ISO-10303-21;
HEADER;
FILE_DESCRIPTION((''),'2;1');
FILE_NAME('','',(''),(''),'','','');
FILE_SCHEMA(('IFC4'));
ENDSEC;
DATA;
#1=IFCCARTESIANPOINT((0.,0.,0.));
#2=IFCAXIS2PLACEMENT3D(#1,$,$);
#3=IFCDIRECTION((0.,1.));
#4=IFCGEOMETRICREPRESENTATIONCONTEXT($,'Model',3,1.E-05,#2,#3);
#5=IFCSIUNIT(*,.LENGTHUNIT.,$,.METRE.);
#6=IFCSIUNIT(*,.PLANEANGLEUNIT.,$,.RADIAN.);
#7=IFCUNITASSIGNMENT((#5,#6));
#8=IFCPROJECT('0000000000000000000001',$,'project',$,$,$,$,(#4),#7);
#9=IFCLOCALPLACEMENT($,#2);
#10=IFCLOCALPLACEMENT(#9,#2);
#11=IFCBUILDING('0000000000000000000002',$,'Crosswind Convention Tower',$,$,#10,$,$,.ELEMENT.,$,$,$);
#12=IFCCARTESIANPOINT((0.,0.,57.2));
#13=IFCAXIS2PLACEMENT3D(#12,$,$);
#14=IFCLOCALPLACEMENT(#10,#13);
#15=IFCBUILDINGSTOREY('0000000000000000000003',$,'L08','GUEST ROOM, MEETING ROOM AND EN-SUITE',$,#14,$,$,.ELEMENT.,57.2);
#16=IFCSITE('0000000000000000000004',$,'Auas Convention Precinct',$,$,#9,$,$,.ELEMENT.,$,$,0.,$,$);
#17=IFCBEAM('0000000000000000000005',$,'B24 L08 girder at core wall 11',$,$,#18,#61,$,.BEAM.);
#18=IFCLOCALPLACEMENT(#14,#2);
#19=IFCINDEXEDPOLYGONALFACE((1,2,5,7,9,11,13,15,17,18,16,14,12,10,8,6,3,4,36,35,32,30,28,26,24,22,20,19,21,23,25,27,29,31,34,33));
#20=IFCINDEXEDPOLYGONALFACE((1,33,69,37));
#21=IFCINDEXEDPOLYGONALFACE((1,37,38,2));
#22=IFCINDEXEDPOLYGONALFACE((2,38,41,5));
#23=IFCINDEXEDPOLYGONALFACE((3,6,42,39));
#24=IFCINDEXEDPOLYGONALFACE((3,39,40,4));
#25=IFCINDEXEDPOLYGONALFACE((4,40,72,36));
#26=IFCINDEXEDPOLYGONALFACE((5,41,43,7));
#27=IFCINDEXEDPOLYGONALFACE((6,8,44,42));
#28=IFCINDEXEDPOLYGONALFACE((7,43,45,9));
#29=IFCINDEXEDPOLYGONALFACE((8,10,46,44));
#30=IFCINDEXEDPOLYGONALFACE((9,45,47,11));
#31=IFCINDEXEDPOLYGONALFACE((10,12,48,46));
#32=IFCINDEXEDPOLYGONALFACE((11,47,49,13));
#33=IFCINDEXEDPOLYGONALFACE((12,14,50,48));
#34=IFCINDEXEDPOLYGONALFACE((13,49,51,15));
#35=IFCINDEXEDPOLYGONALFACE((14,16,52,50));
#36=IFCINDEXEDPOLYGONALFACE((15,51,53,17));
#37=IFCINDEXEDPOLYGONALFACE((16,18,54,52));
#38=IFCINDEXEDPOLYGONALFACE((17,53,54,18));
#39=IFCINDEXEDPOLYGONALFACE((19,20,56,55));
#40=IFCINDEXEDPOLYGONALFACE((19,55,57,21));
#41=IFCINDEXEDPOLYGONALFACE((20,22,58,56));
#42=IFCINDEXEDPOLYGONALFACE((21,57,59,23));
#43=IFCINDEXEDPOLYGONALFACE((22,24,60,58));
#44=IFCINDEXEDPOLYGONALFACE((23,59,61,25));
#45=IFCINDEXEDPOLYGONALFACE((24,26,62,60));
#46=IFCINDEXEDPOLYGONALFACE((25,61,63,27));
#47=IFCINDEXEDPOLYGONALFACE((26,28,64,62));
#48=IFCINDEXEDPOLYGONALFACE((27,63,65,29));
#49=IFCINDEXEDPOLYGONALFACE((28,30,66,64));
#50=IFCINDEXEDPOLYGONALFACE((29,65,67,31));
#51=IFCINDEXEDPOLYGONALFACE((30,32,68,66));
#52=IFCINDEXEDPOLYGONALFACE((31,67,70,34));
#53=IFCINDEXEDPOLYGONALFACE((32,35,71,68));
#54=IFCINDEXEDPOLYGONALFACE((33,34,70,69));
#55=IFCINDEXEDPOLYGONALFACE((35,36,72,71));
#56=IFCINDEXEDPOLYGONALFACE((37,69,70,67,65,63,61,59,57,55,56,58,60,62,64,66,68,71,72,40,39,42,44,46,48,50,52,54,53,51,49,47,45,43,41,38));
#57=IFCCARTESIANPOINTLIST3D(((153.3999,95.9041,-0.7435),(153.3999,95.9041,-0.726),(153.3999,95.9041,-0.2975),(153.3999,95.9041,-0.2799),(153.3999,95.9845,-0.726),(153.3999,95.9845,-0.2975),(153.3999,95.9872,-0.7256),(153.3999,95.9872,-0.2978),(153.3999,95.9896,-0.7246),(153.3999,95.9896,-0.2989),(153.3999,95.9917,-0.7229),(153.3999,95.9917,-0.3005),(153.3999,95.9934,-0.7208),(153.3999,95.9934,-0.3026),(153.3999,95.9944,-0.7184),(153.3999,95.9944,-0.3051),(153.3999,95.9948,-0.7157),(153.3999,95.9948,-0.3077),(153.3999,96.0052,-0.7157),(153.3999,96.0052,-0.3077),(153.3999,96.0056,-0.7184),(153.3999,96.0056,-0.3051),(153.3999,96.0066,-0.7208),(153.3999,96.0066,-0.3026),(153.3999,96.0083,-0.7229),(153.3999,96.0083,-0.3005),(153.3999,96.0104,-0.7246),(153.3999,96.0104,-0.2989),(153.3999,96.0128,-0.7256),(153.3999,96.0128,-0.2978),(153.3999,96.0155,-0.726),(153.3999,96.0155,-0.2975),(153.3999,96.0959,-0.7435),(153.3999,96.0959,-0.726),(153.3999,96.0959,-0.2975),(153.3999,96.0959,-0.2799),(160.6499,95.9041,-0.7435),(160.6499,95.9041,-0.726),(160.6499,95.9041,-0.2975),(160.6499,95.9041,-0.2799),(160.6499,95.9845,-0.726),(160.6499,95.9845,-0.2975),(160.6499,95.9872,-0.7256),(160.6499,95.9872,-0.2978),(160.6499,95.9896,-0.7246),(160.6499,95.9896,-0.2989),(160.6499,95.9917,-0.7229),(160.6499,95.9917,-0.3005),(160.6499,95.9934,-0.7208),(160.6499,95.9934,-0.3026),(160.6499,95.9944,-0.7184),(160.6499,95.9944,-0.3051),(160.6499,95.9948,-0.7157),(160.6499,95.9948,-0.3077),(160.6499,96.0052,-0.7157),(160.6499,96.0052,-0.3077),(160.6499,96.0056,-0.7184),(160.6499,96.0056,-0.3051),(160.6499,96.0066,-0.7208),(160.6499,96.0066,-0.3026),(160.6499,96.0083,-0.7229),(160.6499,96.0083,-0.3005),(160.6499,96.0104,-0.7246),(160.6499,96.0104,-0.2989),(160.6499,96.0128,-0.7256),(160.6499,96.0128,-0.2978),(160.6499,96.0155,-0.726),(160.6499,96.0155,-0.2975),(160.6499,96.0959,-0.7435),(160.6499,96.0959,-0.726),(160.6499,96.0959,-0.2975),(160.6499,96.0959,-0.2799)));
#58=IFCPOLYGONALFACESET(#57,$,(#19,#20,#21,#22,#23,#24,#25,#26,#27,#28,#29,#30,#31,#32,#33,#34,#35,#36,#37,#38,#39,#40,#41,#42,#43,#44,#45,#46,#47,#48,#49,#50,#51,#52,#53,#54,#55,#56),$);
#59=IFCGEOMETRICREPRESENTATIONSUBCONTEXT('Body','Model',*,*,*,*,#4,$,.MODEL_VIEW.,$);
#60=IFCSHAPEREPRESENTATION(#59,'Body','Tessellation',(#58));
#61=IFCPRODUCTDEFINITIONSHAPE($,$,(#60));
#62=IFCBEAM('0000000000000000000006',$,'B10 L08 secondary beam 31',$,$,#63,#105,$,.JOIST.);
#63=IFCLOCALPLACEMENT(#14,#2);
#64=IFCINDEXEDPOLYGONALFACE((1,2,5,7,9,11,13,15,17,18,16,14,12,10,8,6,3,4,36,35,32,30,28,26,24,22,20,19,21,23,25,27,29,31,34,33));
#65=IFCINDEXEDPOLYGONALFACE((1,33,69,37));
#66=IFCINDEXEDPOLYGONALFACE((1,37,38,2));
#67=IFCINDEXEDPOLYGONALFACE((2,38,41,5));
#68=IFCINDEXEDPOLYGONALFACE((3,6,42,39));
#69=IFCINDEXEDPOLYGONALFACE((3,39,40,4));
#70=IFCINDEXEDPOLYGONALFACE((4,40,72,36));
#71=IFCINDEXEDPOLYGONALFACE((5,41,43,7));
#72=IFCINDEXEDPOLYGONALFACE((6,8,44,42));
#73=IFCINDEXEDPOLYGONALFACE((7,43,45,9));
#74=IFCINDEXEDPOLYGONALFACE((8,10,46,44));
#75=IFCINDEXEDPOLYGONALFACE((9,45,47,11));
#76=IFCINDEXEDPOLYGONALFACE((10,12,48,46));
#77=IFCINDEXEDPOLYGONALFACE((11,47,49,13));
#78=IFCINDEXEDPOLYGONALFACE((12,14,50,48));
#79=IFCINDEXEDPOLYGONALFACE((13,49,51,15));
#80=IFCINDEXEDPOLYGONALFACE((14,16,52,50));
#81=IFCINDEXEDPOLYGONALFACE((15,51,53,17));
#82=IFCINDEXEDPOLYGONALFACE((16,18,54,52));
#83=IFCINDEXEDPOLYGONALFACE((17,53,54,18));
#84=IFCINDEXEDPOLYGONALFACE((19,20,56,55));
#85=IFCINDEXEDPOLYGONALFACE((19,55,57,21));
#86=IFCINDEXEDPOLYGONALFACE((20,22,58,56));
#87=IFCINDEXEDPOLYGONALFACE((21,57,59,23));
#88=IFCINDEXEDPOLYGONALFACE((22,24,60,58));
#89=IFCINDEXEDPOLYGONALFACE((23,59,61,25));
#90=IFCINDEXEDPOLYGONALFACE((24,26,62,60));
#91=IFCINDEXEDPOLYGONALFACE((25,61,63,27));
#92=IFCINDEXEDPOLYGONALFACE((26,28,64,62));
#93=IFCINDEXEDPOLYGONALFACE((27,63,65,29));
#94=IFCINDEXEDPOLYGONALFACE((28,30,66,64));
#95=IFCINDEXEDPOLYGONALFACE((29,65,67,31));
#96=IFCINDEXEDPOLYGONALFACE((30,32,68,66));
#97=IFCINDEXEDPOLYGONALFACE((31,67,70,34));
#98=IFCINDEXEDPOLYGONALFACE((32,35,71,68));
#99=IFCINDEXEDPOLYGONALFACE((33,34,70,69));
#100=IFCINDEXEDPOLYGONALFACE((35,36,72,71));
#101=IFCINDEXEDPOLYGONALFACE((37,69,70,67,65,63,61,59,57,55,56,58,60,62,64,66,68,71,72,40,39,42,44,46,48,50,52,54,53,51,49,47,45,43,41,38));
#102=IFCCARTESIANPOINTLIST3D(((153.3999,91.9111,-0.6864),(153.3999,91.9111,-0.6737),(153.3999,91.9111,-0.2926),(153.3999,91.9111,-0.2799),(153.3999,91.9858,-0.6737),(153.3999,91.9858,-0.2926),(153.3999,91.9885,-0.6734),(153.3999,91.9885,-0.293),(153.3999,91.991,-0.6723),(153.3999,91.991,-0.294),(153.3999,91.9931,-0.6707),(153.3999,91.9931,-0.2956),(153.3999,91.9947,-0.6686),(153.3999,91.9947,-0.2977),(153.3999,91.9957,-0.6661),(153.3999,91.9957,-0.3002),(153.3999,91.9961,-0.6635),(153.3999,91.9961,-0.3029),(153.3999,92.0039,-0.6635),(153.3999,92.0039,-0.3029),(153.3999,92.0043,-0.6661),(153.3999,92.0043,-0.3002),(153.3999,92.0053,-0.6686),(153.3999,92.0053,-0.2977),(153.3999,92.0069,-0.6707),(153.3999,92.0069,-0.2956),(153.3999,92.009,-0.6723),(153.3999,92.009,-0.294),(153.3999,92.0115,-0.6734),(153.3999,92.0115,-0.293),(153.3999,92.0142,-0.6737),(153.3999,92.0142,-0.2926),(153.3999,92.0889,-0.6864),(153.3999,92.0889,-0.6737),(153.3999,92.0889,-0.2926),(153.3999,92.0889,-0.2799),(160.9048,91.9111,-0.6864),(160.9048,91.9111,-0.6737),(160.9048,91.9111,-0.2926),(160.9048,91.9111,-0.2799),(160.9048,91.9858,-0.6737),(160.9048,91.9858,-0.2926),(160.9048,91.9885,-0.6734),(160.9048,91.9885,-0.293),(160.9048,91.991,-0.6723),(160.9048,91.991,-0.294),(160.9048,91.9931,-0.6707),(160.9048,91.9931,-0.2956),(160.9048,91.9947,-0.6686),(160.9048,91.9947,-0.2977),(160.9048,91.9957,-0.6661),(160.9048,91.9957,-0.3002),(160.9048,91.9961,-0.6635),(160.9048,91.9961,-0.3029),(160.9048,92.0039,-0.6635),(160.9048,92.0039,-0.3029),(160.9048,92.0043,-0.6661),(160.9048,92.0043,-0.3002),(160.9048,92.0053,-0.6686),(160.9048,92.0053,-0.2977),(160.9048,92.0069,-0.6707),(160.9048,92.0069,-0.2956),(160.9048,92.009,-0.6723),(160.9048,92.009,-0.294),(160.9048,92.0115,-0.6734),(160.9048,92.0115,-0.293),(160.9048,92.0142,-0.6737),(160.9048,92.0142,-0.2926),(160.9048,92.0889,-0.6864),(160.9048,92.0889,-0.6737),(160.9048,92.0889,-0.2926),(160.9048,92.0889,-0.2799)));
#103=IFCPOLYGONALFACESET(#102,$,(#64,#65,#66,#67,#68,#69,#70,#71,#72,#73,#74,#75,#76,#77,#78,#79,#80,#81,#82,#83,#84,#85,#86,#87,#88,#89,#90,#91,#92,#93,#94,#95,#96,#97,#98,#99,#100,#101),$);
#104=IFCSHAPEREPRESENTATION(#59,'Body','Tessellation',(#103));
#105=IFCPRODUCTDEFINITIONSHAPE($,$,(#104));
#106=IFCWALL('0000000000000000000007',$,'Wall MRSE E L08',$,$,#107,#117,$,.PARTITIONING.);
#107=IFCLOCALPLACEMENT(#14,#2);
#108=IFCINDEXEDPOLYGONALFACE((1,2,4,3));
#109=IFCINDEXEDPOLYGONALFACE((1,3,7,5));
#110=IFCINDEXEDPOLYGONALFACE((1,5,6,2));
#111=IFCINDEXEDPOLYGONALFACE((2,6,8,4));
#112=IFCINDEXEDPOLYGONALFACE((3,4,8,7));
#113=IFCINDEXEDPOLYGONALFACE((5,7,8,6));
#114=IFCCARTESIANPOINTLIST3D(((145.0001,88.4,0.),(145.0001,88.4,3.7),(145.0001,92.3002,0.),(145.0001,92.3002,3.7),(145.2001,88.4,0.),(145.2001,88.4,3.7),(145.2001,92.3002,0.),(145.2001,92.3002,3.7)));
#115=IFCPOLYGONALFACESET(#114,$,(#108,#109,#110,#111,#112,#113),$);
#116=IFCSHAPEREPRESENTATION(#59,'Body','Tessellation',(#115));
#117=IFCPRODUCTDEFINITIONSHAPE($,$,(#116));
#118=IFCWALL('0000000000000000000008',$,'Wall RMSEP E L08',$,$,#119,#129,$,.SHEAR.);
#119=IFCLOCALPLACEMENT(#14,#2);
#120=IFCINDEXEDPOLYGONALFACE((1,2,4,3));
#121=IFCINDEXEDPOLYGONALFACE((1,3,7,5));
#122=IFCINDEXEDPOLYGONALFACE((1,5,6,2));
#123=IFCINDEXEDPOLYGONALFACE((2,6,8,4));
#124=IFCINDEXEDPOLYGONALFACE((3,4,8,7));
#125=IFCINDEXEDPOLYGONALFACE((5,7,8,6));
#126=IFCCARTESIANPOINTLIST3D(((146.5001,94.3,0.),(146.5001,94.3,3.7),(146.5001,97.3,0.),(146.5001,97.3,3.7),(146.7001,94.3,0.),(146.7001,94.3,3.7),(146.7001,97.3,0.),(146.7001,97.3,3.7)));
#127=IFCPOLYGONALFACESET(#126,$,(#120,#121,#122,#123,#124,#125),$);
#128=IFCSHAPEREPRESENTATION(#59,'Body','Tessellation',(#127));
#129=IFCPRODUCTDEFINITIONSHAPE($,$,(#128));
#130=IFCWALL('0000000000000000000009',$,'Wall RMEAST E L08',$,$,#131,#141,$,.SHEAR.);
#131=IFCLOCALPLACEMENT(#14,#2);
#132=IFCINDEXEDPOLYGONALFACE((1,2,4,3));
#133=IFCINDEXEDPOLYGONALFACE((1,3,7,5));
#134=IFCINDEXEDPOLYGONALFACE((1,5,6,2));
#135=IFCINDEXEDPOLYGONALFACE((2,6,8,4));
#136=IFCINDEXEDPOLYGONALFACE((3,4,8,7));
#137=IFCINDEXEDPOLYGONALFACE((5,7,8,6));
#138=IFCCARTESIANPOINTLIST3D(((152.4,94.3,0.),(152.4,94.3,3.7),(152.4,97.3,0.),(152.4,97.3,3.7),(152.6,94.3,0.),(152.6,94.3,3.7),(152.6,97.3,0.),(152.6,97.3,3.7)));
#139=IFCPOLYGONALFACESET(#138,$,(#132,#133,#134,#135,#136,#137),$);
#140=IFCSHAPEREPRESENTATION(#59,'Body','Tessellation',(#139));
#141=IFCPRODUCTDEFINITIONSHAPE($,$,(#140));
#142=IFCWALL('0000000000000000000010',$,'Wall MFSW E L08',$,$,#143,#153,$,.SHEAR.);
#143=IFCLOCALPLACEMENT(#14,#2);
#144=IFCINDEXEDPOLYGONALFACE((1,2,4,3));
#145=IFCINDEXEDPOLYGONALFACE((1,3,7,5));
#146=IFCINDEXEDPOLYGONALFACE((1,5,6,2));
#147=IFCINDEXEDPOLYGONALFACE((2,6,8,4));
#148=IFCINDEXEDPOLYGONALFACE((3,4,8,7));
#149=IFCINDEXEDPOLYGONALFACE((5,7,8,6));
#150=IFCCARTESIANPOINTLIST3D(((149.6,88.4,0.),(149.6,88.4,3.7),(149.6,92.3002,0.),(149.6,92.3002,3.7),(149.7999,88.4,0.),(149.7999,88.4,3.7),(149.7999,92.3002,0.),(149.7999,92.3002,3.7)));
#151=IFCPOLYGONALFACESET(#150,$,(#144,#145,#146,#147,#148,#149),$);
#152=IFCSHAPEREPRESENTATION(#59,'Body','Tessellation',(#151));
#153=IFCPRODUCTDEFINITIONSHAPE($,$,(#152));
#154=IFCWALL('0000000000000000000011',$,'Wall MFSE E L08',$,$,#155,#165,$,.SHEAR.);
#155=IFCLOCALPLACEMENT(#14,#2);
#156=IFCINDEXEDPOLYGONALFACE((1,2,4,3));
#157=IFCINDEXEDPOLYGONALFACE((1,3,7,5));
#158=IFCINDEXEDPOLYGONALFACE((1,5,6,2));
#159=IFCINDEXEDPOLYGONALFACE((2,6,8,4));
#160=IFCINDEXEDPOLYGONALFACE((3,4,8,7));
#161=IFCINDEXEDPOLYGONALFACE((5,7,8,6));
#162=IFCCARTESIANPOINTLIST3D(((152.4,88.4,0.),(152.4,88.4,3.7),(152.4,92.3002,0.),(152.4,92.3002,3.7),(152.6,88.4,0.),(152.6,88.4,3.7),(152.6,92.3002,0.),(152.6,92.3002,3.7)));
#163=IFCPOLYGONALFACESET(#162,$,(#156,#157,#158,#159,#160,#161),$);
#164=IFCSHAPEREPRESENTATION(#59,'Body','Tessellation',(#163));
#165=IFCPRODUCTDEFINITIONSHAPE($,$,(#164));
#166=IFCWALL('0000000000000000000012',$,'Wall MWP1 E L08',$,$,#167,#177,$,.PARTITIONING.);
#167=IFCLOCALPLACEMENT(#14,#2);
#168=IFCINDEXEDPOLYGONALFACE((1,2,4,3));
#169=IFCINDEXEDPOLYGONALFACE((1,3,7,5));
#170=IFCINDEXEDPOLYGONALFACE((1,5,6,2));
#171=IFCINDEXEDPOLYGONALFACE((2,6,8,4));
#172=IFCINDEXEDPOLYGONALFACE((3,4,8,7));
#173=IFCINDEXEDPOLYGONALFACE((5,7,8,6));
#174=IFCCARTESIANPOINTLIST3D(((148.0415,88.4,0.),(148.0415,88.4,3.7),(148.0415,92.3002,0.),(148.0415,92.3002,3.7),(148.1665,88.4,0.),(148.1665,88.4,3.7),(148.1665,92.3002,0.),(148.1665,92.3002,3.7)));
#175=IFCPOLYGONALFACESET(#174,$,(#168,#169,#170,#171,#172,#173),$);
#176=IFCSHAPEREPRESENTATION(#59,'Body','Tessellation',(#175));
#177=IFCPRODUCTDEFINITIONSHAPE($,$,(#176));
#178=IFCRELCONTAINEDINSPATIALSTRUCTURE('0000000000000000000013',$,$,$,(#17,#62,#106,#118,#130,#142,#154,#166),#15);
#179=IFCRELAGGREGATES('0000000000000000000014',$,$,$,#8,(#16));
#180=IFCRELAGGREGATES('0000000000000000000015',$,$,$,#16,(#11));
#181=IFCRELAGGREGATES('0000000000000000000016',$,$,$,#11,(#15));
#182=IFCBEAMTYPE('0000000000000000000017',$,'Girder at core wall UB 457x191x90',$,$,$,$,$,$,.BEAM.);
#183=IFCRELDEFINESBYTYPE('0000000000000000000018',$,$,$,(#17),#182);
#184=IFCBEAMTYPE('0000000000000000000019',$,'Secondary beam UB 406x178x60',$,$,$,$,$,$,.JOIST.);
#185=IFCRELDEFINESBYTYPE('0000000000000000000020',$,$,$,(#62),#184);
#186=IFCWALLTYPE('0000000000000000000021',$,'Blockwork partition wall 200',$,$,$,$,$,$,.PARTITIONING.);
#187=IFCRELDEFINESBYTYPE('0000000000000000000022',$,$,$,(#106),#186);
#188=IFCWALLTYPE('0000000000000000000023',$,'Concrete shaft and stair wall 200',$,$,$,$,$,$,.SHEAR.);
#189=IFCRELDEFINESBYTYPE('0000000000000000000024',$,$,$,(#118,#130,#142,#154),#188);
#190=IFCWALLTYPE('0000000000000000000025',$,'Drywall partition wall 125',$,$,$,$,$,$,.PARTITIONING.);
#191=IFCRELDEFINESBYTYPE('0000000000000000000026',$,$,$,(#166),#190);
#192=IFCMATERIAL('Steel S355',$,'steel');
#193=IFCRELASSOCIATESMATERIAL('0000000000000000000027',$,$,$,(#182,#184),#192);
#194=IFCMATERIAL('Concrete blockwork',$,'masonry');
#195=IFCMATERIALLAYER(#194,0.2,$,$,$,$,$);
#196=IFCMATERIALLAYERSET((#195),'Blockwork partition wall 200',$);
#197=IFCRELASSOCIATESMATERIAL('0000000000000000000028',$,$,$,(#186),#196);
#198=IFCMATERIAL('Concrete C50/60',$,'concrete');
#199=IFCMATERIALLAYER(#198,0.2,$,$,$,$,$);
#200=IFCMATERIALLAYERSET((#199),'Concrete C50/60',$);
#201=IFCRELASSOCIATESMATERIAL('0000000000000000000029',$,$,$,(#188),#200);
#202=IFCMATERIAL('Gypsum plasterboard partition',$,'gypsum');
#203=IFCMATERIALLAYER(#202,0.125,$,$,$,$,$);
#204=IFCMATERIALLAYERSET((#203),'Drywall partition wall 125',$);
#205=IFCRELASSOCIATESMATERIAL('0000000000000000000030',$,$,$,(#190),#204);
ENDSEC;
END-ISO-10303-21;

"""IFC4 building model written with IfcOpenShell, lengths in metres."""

from ifc_helpers import new_model, si_unit, direction, frame, frame_2d, origin, origin_2d, place, context, subcontext, project, spatial, rectangle, i_section, extrude, material, layer, layer_set, material_profile, profile_set, type_object, element, save


model = new_model("IFC4")

# Units and contexts
model_context = context("Model", 3, precision=1e-05, world=origin(), true_north=direction((0.0, 1.0)))
body_context = subcontext(model_context, "Body", "Model", "MODEL_VIEW")
ifc_project = project(units=[si_unit("LENGTHUNIT", "METRE"), si_unit("PLANEANGLEUNIT", "RADIAN")], contexts=[model_context])

# Site, building, storey
site_placement = place(None, origin())
site = spatial("IfcSite", under=ifc_project, at=site_placement, Name="Auas Convention Precinct", CompositionType="ELEMENT", RefElevation=0.0)
building_placement = place(site_placement, origin())
building = spatial("IfcBuilding", under=site, at=building_placement, Name="Crosswind Convention Tower", CompositionType="ELEMENT")
storey_placement = place(building_placement, frame((0.0, 0.0, 57.2)))
storey = spatial("IfcBuildingStorey", under=building, at=storey_placement, Name="L08", Description="GUEST ROOM, MEETING ROOM AND EN-SUITE", CompositionType="ELEMENT", Elevation=57.2)

# Beams
ifc_material_1 = material(Name="Steel S355", Category="steel")
ifc_material_profile_1 = material_profile(ifc_material_1, i_section(OverallWidth=0.1919, OverallDepth=0.4636, WebThickness=0.0105, FlangeThickness=0.0176, FilletRadius=0.0103, at=origin_2d()), Name="UB 457x191x90")
ifc_profile_set_1 = profile_set([ifc_material_profile_1], Name="Steel S355")
beam_type_1 = type_object("IfcBeamType", Name="Girder at core wall UB 457x191x90", PredefinedType="BEAM", material=ifc_profile_set_1)
beam_1_placement = place(storey_placement, frame((153.3999, 96.0, -0.5117), z_axis=(1.0, 0.0, 0.0), x_axis=(0.0, 1.0, 0.0)))
element("IfcBeam", 1, at=beam_1_placement, inside=storey, type_object=beam_type_1, Name="B24 L08 girder at core wall 11", PredefinedType="BEAM", context=body_context, shape_type="SweptSolid", body=[
    extrude(i_section(OverallWidth=0.1919, OverallDepth=0.4636, WebThickness=0.0105, FlangeThickness=0.0176, FilletRadius=0.0103, at=origin_2d()), origin(), (0.0, 0.0, 1.0), 7.25),
])
ifc_material_profile_2 = material_profile(ifc_material_1, i_section(OverallWidth=0.1777, OverallDepth=0.4065, WebThickness=0.0078, FlangeThickness=0.0127, FilletRadius=0.0103, at=origin_2d()), Name="UB 406x178x60")
ifc_profile_set_2 = profile_set([ifc_material_profile_2], Name="Steel S355")
beam_type_2 = type_object("IfcBeamType", Name="Secondary beam UB 406x178x60", PredefinedType="JOIST", material=ifc_profile_set_2)
beam_2_placement = place(storey_placement, frame((153.3999, 92.0, -0.4832), z_axis=(1.0, 0.0, 0.0), x_axis=(0.0, 1.0, 0.0)))
element("IfcBeam", 2, at=beam_2_placement, inside=storey, type_object=beam_type_2, Name="B10 L08 secondary beam 31", PredefinedType="JOIST", context=body_context, shape_type="SweptSolid", body=[
    extrude(i_section(OverallWidth=0.1777, OverallDepth=0.4065, WebThickness=0.0078, FlangeThickness=0.0127, FilletRadius=0.0103, at=origin_2d()), origin(), (0.0, 0.0, 1.0), 7.5049),
])

# Wall
ifc_material_2 = material(Name="Concrete blockwork", Category="masonry")
ifc_layer_1 = layer(ifc_material_2, 0.2)
ifc_layer_set_1 = layer_set([ifc_layer_1], Name="Blockwork partition wall 200")
wall_type_1 = type_object("IfcWallType", Name="Blockwork partition wall 200", PredefinedType="PARTITIONING", material=ifc_layer_set_1)
wall_1_placement = place(storey_placement, frame((145.1001, 88.3999, 0.0), z_axis=(0.0, 0.0, 1.0), x_axis=(0.0, 1.0, 0.0)))
element("IfcWall", 3, at=wall_1_placement, inside=storey, type_object=wall_type_1, Name="Wall MRSE E L08", PredefinedType="PARTITIONING", context=body_context, shape_type="SweptSolid", body=[
    extrude(rectangle(XDim=3.9001, YDim=0.2, at=frame_2d((1.9502, 0.0))), origin(), (0.0, 0.0, 1.0), 3.7),
])

# Walls
ifc_material_3 = material(Name="Concrete C50/60", Category="concrete")
ifc_layer_2 = layer(ifc_material_3, 0.2)
ifc_layer_set_2 = layer_set([ifc_layer_2], Name="Concrete C50/60")
wall_type_2 = type_object("IfcWallType", Name="Concrete shaft and stair wall 200", PredefinedType="SHEAR", material=ifc_layer_set_2)
for number, where, z_axis, x_axis, name in (
    (4, (146.6001, 94.3, 0.0), (0.0, 0.0, 1.0), (0.0, 1.0, 0.0), "Wall RMSEP E L08"),
    (5, (152.5, 94.3, 0.0), (0.0, 0.0, 1.0), (0.0, 1.0, 0.0), "Wall RMEAST E L08"),
):
    element("IfcWall", number, at=place(storey_placement, frame(where, z_axis=z_axis, x_axis=x_axis)), inside=storey, type_object=wall_type_2, Name=name, PredefinedType="SHEAR", context=body_context, shape_type="SweptSolid", body=[
        extrude(rectangle(XDim=3.0, YDim=0.2, at=frame_2d((1.5, 0.0))), origin(), (0.0, 0.0, 1.0), 3.7),
    ])
for number, where, z_axis, x_axis, name in (
    (6, (149.7, 88.3999, 0.0), (0.0, 0.0, 1.0), (0.0, 1.0, 0.0), "Wall MFSW E L08"),
    (7, (152.5, 88.3999, 0.0), (0.0, 0.0, 1.0), (0.0, 1.0, 0.0), "Wall MFSE E L08"),
):
    element("IfcWall", number, at=place(storey_placement, frame(where, z_axis=z_axis, x_axis=x_axis)), inside=storey, type_object=wall_type_2, Name=name, PredefinedType="SHEAR", context=body_context, shape_type="SweptSolid", body=[
        extrude(rectangle(XDim=3.9001, YDim=0.2, at=frame_2d((1.9502, 0.0))), origin(), (0.0, 0.0, 1.0), 3.7),
    ])
ifc_material_4 = material(Name="Gypsum plasterboard partition", Category="gypsum")
ifc_layer_3 = layer(ifc_material_4, 0.125)
ifc_layer_set_3 = layer_set([ifc_layer_3], Name="Drywall partition wall 125")
wall_type_3 = type_object("IfcWallType", Name="Drywall partition wall 125", PredefinedType="PARTITIONING", material=ifc_layer_set_3)
wall_2_placement = place(storey_placement, frame((148.104, 88.3999, 0.0), z_axis=(0.0, 0.0, 1.0), x_axis=(0.0, 1.0, 0.0)))
element("IfcWall", 8, at=wall_2_placement, inside=storey, type_object=wall_type_3, Name="Wall MWP1 E L08", PredefinedType="PARTITIONING", context=body_context, shape_type="SweptSolid", body=[
    extrude(rectangle(XDim=3.9001, YDim=0.125, at=frame_2d((1.9502, 0.0))), origin(), (0.0, 0.0, 1.0), 3.7),
])

save(model, "model.ifc")
